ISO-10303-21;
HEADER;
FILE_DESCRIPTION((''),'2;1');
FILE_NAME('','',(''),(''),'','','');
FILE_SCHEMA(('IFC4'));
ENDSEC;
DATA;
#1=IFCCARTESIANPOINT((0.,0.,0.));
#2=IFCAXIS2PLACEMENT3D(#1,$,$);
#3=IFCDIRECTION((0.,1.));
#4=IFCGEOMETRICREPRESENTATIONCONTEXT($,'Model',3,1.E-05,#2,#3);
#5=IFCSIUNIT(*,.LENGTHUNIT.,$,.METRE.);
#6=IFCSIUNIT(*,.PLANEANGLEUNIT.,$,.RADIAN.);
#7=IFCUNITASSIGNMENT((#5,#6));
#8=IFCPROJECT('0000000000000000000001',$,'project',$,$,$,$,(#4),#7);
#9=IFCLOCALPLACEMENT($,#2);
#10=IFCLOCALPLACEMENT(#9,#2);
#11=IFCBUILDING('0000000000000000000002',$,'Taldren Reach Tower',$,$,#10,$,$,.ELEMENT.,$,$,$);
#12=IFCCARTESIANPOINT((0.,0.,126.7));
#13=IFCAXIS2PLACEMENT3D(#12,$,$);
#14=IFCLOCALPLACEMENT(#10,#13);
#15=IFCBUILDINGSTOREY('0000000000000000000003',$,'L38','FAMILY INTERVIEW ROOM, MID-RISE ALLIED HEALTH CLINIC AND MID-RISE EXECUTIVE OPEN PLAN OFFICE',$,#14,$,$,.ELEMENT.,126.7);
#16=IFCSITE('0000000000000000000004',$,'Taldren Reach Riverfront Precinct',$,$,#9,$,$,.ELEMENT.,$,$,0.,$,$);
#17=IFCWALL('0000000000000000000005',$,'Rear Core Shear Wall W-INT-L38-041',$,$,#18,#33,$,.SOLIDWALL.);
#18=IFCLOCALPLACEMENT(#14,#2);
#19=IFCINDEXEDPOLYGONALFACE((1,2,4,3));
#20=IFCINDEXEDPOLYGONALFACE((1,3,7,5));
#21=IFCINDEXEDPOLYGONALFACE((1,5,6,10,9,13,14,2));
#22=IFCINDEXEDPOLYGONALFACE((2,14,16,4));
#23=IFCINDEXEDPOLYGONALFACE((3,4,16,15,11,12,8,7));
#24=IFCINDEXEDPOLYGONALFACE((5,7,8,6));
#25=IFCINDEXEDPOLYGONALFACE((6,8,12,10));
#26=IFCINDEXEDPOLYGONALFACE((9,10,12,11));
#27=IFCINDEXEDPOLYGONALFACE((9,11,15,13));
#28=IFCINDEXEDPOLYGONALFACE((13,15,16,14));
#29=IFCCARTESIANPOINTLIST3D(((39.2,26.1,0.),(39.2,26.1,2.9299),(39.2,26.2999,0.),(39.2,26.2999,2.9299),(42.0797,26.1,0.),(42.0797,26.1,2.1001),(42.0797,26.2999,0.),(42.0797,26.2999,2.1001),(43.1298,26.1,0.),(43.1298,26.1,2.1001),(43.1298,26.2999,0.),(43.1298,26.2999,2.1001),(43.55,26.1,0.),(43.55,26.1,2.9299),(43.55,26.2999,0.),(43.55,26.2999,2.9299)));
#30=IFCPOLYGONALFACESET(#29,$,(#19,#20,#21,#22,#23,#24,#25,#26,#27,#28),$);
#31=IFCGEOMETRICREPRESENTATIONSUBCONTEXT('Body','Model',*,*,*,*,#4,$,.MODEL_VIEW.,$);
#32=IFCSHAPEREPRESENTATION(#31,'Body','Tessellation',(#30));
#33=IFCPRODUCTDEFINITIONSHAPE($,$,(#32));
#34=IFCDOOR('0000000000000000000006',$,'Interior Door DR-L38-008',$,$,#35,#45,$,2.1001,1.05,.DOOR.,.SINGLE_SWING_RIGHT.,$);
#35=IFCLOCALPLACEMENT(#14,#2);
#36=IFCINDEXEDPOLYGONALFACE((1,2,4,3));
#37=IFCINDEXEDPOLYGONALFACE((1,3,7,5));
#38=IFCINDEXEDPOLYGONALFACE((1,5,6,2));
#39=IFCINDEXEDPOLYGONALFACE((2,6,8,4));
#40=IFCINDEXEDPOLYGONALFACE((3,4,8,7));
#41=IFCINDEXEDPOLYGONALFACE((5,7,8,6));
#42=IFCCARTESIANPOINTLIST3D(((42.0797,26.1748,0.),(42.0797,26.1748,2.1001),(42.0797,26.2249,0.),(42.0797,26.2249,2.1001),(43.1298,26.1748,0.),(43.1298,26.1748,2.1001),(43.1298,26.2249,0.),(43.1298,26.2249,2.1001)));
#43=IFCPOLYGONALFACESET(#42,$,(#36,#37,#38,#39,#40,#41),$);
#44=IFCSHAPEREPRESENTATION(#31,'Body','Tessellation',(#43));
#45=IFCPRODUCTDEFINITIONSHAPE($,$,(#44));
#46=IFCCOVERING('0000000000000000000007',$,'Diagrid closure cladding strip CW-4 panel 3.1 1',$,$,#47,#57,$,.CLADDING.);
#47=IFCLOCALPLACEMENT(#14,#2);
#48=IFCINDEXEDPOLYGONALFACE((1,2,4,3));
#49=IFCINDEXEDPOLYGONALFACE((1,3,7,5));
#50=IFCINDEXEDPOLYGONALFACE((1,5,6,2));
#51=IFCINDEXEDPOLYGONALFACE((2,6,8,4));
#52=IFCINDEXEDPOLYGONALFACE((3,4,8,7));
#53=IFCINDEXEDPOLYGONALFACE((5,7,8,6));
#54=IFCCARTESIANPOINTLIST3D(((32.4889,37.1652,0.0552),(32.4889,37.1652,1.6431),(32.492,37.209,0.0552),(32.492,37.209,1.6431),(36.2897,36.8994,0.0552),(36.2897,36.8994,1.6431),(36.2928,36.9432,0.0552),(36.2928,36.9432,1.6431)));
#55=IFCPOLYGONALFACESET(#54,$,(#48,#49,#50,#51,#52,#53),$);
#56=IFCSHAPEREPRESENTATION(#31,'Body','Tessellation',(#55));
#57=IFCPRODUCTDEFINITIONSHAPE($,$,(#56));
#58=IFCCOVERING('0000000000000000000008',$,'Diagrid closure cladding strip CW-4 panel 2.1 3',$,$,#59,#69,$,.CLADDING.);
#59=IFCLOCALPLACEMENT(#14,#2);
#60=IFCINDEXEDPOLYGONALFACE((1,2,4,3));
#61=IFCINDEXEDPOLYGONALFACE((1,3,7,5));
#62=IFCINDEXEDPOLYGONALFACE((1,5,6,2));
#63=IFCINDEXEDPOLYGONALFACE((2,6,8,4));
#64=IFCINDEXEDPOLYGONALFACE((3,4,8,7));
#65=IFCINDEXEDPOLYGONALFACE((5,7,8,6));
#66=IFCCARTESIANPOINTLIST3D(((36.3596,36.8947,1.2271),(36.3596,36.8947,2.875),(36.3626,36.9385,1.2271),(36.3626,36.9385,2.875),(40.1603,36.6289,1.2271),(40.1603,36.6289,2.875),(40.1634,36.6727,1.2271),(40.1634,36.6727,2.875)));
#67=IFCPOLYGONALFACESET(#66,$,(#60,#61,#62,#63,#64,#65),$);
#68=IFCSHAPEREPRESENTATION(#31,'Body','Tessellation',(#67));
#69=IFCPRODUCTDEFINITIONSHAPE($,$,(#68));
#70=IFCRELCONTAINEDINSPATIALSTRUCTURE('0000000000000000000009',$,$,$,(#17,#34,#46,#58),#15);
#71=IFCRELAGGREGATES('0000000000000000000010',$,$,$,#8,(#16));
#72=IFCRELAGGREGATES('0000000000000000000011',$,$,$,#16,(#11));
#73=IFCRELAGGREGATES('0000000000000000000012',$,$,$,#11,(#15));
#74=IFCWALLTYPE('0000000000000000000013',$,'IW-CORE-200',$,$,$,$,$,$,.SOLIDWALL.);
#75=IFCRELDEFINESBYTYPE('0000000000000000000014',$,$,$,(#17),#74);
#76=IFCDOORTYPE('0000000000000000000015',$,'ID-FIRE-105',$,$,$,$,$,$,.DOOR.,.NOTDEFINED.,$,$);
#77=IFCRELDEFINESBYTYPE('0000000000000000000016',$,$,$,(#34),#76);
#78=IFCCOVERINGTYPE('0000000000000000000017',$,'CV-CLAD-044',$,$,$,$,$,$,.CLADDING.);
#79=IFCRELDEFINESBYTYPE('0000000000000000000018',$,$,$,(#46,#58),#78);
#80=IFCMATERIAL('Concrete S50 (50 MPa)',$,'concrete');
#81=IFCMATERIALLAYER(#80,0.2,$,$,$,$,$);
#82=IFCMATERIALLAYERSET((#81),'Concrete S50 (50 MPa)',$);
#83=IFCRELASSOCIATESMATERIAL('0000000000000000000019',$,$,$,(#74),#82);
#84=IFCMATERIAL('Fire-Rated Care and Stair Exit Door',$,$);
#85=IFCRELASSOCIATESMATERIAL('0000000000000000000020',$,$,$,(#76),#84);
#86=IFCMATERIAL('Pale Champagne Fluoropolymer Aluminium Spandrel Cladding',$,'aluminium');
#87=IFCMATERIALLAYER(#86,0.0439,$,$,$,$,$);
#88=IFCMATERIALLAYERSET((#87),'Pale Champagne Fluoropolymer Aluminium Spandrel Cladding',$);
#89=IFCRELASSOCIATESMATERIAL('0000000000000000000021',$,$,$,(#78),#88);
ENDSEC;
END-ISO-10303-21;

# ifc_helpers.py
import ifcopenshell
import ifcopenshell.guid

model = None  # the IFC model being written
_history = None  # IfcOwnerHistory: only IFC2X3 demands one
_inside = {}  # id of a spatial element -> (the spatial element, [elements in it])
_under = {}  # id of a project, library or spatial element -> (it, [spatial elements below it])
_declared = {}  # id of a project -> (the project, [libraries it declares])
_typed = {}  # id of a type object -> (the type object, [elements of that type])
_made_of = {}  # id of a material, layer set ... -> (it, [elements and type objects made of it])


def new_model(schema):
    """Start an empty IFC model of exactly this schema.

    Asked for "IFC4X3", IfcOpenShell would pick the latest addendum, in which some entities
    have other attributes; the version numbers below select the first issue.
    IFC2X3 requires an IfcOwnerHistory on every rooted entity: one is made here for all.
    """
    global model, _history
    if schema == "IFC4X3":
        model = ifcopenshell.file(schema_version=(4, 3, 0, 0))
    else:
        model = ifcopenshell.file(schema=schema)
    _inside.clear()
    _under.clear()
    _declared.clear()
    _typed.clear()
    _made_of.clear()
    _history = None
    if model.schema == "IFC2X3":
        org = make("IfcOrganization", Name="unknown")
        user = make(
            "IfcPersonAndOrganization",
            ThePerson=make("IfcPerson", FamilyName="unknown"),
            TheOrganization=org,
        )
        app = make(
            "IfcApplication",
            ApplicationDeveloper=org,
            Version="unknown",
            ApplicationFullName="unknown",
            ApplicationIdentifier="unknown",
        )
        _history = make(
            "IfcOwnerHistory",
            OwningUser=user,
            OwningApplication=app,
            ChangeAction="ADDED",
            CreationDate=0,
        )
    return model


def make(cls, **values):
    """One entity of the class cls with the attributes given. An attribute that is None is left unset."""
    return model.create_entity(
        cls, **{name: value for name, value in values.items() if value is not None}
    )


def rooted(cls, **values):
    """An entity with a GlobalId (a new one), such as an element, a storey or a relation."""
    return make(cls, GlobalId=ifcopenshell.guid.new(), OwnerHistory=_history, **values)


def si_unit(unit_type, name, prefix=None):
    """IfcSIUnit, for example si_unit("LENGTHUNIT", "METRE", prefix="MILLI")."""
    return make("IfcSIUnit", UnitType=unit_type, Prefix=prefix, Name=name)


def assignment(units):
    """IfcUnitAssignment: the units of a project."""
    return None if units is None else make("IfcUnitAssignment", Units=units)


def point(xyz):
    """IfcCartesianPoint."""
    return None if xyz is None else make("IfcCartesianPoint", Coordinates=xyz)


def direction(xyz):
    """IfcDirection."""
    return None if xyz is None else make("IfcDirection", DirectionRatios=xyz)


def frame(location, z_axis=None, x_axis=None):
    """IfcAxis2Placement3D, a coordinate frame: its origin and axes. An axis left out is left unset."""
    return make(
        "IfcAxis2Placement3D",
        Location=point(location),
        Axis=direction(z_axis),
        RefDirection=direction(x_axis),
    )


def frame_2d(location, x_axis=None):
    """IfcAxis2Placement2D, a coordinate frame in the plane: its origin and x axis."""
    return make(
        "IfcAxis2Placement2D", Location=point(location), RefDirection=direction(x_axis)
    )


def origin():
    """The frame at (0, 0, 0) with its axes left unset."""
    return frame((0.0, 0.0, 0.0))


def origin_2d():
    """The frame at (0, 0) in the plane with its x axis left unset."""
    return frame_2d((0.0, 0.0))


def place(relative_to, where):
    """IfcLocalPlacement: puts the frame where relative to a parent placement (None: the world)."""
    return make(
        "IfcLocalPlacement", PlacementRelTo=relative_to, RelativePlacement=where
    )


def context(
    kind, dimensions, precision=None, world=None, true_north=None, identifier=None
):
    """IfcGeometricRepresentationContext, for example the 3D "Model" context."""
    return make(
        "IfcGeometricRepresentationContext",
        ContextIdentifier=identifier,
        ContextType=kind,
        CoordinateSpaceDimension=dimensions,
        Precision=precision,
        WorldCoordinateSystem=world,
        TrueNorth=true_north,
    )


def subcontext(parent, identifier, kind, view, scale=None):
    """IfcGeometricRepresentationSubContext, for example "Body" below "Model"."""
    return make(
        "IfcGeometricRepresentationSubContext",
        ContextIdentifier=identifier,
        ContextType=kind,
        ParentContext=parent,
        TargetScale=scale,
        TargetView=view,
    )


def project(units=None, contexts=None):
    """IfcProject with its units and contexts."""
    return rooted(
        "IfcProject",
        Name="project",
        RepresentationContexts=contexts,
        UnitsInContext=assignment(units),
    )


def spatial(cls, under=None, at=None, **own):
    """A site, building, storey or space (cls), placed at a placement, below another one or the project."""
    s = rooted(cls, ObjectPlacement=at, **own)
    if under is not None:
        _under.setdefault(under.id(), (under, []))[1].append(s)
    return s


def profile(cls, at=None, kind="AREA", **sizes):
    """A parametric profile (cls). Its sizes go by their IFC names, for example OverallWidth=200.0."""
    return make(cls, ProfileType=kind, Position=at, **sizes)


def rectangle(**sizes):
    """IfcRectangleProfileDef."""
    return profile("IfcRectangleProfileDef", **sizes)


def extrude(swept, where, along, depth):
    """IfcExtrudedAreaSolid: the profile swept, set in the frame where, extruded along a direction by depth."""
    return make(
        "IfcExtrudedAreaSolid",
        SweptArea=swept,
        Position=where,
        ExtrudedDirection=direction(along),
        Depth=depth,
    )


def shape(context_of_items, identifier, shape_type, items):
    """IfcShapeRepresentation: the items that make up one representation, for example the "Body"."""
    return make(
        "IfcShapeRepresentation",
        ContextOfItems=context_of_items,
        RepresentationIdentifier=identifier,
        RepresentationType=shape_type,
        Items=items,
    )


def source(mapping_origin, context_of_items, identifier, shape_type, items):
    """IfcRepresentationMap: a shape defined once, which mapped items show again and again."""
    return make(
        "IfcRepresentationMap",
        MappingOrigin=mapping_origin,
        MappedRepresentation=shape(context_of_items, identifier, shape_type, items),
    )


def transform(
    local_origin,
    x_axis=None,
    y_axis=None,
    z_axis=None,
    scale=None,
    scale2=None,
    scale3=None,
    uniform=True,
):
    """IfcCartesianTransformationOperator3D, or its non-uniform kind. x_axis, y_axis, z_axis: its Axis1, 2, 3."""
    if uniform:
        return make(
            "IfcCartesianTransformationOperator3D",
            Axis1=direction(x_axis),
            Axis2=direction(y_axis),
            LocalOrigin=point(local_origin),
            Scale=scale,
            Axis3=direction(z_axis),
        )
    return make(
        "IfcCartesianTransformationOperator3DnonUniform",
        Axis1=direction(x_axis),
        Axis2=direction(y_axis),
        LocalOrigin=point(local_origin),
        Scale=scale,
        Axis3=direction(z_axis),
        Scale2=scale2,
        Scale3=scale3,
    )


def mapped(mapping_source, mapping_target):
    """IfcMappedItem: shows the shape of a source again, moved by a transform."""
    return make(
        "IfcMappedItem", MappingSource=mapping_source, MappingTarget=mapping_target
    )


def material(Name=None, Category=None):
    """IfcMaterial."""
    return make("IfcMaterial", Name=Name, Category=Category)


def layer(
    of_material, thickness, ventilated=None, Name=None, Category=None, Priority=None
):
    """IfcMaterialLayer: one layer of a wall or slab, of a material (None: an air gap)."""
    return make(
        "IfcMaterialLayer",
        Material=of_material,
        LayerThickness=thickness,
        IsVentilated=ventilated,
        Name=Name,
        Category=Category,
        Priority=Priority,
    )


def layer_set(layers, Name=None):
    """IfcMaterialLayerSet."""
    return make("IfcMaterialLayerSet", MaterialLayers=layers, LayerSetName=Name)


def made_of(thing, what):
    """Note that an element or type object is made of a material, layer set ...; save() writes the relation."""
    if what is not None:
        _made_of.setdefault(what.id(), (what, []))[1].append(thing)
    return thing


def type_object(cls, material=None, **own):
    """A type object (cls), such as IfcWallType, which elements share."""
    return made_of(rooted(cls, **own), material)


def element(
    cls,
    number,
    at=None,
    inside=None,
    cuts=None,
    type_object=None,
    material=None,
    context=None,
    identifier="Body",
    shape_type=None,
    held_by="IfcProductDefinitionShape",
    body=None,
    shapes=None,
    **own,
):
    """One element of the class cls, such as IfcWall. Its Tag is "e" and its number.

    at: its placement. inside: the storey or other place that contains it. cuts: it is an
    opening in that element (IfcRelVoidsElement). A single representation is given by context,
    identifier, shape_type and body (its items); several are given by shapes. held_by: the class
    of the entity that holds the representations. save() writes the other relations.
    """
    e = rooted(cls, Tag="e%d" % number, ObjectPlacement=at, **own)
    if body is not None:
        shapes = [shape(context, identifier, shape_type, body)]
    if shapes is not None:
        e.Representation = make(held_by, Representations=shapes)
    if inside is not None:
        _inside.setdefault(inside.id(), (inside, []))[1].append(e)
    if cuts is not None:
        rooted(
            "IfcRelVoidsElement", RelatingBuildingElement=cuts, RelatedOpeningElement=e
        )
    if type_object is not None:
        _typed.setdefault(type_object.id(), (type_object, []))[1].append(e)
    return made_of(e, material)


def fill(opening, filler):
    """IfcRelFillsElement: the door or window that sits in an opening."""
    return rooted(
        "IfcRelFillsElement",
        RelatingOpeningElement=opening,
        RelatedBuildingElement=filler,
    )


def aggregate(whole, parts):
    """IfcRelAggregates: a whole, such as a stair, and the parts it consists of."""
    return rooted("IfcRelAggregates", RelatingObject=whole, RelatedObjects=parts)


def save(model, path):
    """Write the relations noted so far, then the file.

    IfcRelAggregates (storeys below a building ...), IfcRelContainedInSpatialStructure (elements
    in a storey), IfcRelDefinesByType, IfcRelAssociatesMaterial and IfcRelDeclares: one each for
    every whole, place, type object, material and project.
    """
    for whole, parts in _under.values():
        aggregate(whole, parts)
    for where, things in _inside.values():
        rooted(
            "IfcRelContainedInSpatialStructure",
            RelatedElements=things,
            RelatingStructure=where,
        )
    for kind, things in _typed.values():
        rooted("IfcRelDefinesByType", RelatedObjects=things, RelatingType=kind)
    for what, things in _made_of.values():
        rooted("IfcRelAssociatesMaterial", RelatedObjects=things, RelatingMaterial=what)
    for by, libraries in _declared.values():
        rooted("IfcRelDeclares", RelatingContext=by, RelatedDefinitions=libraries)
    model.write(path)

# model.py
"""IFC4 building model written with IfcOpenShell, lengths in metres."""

from ifc_helpers import new_model, si_unit, direction, frame, frame_2d, origin, origin_2d, place, context, subcontext, project, spatial, rectangle, extrude, source, transform, mapped, material, layer, layer_set, type_object, element, fill, save


model = new_model("IFC4")

# Units and contexts
model_context = context("Model", 3, precision=1e-05, world=origin(), true_north=direction((0.0, 1.0)))
body_context = subcontext(model_context, "Body", "Model", "MODEL_VIEW")
ifc_project = project(units=[si_unit("LENGTHUNIT", "METRE"), si_unit("PLANEANGLEUNIT", "RADIAN")], contexts=[model_context])

# Site, building, storey
site_placement = place(None, origin())
site = spatial("IfcSite", under=ifc_project, at=site_placement, Name="Taldren Reach Riverfront Precinct", CompositionType="ELEMENT", RefElevation=0.0)
building_placement = place(site_placement, origin())
building = spatial("IfcBuilding", under=site, at=building_placement, Name="Taldren Reach Tower", CompositionType="ELEMENT")
storey_placement = place(building_placement, frame((0.0, 0.0, 126.7)))
storey = spatial("IfcBuildingStorey", under=building, at=storey_placement, Name="L38", Description="FAMILY INTERVIEW ROOM, MID-RISE ALLIED HEALTH CLINIC AND MID-RISE EXECUTIVE OPEN PLAN OFFICE", CompositionType="ELEMENT", Elevation=126.7)

# Shared definitions
ifc_material_1 = material(Name="Concrete S50 (50 MPa)", Category="concrete")
ifc_layer_1 = layer(ifc_material_1, 0.2)
ifc_layer_set_1 = layer_set([ifc_layer_1], Name="Concrete S50 (50 MPa)")
wall_type_1 = type_object("IfcWallType", Name="IW-CORE-200", PredefinedType="SOLIDWALL", material=ifc_layer_set_1)

# Wall, opening, door
shared_shape_1 = source(origin(), body_context, "Body", "SweptSolid", [
    extrude(rectangle(XDim=4.3501, YDim=0.2, at=frame_2d((2.175, 0.0))), origin(), (0.0, 0.0, 1.0), 2.9299),
])
wall_1_placement = place(storey_placement, frame((39.2, 26.2, 0.0), z_axis=(0.0, 0.0, 1.0), x_axis=(1.0, 0.0, 0.0)))
wall_1 = element("IfcWall", 1, at=wall_1_placement, inside=storey, type_object=wall_type_1, Name="Rear Core Shear Wall W-INT-L38-041", PredefinedType="SOLIDWALL", context=body_context, shape_type="MappedRepresentation", body=[
    mapped(shared_shape_1, transform((0.0, 0.0, 0.0), scale=1.0)),
])
shared_shape_2 = source(origin(), body_context, "Body", "SweptSolid", [
    extrude(rectangle(XDim=1.05, YDim=2.1001, at=frame_2d((0.5249, 1.05))), frame((0.0, 0.1099, 0.0), z_axis=(0.0, -1.0, 0.0), x_axis=(1.0, 0.0, 0.0)), (0.0, 0.0, 1.0), 0.22),
])
opening_1_placement = place(wall_1_placement, frame((2.8799, 0.0, 0.0)))
opening_1 = element("IfcOpeningElement", 2, at=opening_1_placement, cuts=wall_1, PredefinedType="OPENING", context=body_context, shape_type="MappedRepresentation", body=[
    mapped(shared_shape_2, transform((0.0, 0.0, 0.0), scale=1.0)),
])
ifc_material_2 = material(Name="Fire-Rated Care and Stair Exit Door")
door_type_1 = type_object("IfcDoorType", Name="ID-FIRE-105", OperationType="NOTDEFINED", PredefinedType="DOOR", material=ifc_material_2)
shared_shape_3 = source(origin(), body_context, "Body", "SweptSolid", [
    extrude(rectangle(XDim=1.05, YDim=2.1001, at=frame_2d((0.5249, 1.05))), frame((0.0, 0.0249, 0.0), z_axis=(0.0, -1.0, 0.0), x_axis=(1.0, 0.0, 0.0)), (0.0, 0.0, 1.0), 0.05),
])
door_1_placement = place(opening_1_placement, origin())
door_1 = element("IfcDoor", 3, at=door_1_placement, inside=storey, type_object=door_type_1, Name="Interior Door DR-L38-008", OperationType="SINGLE_SWING_RIGHT", OverallHeight=2.1001, OverallWidth=1.05, PredefinedType="DOOR", context=body_context, shape_type="MappedRepresentation", body=[
    mapped(shared_shape_3, transform((0.0, 0.0, 0.0), scale=1.0)),
])
fill(opening_1, door_1)

# Coverings
ifc_material_3 = material(Name="Pale Champagne Fluoropolymer Aluminium Spandrel Cladding", Category="aluminium")
ifc_layer_2 = layer(ifc_material_3, 0.0439)
ifc_layer_set_2 = layer_set([ifc_layer_2], Name="Pale Champagne Fluoropolymer Aluminium Spandrel Cladding")
covering_type = type_object("IfcCoveringType", Name="CV-CLAD-044", PredefinedType="CLADDING", material=ifc_layer_set_2)
shared_shape_4 = source(origin(), body_context, "Body", "SweptSolid", [
    extrude(rectangle(XDim=3.8101, YDim=0.0439, at=origin_2d()), origin(), (0.0, 0.0, 1.0), 1.5879),
])
covering_1_placement = place(storey_placement, frame((34.3909, 37.0542, 0.0552), z_axis=(0.0, 0.0, 1.0), x_axis=(-0.997564, 0.069757, 0.0)))
element("IfcCovering", 4, at=covering_1_placement, inside=storey, type_object=covering_type, Name="Diagrid closure cladding strip CW-4 panel 3.1 1", PredefinedType="CLADDING", context=body_context, shape_type="MappedRepresentation", body=[
    mapped(shared_shape_4, transform((0.0, 0.0, 0.0), scale=1.0)),
])
shared_shape_5 = source(origin(), body_context, "Body", "SweptSolid", [
    extrude(rectangle(XDim=3.8101, YDim=0.0439, at=origin_2d()), origin(), (0.0, 0.0, 1.0), 1.6479),
])
covering_2_placement = place(storey_placement, frame((38.2615, 36.7837, 1.2271), z_axis=(0.0, 0.0, 1.0), x_axis=(-0.997564, 0.069757, 0.0)))
element("IfcCovering", 5, at=covering_2_placement, inside=storey, type_object=covering_type, Name="Diagrid closure cladding strip CW-4 panel 2.1 3", PredefinedType="CLADDING", context=body_context, shape_type="MappedRepresentation", body=[
    mapped(shared_shape_5, transform((0.0, 0.0, 0.0), scale=1.0)),
])

save(model, "model.ifc")
